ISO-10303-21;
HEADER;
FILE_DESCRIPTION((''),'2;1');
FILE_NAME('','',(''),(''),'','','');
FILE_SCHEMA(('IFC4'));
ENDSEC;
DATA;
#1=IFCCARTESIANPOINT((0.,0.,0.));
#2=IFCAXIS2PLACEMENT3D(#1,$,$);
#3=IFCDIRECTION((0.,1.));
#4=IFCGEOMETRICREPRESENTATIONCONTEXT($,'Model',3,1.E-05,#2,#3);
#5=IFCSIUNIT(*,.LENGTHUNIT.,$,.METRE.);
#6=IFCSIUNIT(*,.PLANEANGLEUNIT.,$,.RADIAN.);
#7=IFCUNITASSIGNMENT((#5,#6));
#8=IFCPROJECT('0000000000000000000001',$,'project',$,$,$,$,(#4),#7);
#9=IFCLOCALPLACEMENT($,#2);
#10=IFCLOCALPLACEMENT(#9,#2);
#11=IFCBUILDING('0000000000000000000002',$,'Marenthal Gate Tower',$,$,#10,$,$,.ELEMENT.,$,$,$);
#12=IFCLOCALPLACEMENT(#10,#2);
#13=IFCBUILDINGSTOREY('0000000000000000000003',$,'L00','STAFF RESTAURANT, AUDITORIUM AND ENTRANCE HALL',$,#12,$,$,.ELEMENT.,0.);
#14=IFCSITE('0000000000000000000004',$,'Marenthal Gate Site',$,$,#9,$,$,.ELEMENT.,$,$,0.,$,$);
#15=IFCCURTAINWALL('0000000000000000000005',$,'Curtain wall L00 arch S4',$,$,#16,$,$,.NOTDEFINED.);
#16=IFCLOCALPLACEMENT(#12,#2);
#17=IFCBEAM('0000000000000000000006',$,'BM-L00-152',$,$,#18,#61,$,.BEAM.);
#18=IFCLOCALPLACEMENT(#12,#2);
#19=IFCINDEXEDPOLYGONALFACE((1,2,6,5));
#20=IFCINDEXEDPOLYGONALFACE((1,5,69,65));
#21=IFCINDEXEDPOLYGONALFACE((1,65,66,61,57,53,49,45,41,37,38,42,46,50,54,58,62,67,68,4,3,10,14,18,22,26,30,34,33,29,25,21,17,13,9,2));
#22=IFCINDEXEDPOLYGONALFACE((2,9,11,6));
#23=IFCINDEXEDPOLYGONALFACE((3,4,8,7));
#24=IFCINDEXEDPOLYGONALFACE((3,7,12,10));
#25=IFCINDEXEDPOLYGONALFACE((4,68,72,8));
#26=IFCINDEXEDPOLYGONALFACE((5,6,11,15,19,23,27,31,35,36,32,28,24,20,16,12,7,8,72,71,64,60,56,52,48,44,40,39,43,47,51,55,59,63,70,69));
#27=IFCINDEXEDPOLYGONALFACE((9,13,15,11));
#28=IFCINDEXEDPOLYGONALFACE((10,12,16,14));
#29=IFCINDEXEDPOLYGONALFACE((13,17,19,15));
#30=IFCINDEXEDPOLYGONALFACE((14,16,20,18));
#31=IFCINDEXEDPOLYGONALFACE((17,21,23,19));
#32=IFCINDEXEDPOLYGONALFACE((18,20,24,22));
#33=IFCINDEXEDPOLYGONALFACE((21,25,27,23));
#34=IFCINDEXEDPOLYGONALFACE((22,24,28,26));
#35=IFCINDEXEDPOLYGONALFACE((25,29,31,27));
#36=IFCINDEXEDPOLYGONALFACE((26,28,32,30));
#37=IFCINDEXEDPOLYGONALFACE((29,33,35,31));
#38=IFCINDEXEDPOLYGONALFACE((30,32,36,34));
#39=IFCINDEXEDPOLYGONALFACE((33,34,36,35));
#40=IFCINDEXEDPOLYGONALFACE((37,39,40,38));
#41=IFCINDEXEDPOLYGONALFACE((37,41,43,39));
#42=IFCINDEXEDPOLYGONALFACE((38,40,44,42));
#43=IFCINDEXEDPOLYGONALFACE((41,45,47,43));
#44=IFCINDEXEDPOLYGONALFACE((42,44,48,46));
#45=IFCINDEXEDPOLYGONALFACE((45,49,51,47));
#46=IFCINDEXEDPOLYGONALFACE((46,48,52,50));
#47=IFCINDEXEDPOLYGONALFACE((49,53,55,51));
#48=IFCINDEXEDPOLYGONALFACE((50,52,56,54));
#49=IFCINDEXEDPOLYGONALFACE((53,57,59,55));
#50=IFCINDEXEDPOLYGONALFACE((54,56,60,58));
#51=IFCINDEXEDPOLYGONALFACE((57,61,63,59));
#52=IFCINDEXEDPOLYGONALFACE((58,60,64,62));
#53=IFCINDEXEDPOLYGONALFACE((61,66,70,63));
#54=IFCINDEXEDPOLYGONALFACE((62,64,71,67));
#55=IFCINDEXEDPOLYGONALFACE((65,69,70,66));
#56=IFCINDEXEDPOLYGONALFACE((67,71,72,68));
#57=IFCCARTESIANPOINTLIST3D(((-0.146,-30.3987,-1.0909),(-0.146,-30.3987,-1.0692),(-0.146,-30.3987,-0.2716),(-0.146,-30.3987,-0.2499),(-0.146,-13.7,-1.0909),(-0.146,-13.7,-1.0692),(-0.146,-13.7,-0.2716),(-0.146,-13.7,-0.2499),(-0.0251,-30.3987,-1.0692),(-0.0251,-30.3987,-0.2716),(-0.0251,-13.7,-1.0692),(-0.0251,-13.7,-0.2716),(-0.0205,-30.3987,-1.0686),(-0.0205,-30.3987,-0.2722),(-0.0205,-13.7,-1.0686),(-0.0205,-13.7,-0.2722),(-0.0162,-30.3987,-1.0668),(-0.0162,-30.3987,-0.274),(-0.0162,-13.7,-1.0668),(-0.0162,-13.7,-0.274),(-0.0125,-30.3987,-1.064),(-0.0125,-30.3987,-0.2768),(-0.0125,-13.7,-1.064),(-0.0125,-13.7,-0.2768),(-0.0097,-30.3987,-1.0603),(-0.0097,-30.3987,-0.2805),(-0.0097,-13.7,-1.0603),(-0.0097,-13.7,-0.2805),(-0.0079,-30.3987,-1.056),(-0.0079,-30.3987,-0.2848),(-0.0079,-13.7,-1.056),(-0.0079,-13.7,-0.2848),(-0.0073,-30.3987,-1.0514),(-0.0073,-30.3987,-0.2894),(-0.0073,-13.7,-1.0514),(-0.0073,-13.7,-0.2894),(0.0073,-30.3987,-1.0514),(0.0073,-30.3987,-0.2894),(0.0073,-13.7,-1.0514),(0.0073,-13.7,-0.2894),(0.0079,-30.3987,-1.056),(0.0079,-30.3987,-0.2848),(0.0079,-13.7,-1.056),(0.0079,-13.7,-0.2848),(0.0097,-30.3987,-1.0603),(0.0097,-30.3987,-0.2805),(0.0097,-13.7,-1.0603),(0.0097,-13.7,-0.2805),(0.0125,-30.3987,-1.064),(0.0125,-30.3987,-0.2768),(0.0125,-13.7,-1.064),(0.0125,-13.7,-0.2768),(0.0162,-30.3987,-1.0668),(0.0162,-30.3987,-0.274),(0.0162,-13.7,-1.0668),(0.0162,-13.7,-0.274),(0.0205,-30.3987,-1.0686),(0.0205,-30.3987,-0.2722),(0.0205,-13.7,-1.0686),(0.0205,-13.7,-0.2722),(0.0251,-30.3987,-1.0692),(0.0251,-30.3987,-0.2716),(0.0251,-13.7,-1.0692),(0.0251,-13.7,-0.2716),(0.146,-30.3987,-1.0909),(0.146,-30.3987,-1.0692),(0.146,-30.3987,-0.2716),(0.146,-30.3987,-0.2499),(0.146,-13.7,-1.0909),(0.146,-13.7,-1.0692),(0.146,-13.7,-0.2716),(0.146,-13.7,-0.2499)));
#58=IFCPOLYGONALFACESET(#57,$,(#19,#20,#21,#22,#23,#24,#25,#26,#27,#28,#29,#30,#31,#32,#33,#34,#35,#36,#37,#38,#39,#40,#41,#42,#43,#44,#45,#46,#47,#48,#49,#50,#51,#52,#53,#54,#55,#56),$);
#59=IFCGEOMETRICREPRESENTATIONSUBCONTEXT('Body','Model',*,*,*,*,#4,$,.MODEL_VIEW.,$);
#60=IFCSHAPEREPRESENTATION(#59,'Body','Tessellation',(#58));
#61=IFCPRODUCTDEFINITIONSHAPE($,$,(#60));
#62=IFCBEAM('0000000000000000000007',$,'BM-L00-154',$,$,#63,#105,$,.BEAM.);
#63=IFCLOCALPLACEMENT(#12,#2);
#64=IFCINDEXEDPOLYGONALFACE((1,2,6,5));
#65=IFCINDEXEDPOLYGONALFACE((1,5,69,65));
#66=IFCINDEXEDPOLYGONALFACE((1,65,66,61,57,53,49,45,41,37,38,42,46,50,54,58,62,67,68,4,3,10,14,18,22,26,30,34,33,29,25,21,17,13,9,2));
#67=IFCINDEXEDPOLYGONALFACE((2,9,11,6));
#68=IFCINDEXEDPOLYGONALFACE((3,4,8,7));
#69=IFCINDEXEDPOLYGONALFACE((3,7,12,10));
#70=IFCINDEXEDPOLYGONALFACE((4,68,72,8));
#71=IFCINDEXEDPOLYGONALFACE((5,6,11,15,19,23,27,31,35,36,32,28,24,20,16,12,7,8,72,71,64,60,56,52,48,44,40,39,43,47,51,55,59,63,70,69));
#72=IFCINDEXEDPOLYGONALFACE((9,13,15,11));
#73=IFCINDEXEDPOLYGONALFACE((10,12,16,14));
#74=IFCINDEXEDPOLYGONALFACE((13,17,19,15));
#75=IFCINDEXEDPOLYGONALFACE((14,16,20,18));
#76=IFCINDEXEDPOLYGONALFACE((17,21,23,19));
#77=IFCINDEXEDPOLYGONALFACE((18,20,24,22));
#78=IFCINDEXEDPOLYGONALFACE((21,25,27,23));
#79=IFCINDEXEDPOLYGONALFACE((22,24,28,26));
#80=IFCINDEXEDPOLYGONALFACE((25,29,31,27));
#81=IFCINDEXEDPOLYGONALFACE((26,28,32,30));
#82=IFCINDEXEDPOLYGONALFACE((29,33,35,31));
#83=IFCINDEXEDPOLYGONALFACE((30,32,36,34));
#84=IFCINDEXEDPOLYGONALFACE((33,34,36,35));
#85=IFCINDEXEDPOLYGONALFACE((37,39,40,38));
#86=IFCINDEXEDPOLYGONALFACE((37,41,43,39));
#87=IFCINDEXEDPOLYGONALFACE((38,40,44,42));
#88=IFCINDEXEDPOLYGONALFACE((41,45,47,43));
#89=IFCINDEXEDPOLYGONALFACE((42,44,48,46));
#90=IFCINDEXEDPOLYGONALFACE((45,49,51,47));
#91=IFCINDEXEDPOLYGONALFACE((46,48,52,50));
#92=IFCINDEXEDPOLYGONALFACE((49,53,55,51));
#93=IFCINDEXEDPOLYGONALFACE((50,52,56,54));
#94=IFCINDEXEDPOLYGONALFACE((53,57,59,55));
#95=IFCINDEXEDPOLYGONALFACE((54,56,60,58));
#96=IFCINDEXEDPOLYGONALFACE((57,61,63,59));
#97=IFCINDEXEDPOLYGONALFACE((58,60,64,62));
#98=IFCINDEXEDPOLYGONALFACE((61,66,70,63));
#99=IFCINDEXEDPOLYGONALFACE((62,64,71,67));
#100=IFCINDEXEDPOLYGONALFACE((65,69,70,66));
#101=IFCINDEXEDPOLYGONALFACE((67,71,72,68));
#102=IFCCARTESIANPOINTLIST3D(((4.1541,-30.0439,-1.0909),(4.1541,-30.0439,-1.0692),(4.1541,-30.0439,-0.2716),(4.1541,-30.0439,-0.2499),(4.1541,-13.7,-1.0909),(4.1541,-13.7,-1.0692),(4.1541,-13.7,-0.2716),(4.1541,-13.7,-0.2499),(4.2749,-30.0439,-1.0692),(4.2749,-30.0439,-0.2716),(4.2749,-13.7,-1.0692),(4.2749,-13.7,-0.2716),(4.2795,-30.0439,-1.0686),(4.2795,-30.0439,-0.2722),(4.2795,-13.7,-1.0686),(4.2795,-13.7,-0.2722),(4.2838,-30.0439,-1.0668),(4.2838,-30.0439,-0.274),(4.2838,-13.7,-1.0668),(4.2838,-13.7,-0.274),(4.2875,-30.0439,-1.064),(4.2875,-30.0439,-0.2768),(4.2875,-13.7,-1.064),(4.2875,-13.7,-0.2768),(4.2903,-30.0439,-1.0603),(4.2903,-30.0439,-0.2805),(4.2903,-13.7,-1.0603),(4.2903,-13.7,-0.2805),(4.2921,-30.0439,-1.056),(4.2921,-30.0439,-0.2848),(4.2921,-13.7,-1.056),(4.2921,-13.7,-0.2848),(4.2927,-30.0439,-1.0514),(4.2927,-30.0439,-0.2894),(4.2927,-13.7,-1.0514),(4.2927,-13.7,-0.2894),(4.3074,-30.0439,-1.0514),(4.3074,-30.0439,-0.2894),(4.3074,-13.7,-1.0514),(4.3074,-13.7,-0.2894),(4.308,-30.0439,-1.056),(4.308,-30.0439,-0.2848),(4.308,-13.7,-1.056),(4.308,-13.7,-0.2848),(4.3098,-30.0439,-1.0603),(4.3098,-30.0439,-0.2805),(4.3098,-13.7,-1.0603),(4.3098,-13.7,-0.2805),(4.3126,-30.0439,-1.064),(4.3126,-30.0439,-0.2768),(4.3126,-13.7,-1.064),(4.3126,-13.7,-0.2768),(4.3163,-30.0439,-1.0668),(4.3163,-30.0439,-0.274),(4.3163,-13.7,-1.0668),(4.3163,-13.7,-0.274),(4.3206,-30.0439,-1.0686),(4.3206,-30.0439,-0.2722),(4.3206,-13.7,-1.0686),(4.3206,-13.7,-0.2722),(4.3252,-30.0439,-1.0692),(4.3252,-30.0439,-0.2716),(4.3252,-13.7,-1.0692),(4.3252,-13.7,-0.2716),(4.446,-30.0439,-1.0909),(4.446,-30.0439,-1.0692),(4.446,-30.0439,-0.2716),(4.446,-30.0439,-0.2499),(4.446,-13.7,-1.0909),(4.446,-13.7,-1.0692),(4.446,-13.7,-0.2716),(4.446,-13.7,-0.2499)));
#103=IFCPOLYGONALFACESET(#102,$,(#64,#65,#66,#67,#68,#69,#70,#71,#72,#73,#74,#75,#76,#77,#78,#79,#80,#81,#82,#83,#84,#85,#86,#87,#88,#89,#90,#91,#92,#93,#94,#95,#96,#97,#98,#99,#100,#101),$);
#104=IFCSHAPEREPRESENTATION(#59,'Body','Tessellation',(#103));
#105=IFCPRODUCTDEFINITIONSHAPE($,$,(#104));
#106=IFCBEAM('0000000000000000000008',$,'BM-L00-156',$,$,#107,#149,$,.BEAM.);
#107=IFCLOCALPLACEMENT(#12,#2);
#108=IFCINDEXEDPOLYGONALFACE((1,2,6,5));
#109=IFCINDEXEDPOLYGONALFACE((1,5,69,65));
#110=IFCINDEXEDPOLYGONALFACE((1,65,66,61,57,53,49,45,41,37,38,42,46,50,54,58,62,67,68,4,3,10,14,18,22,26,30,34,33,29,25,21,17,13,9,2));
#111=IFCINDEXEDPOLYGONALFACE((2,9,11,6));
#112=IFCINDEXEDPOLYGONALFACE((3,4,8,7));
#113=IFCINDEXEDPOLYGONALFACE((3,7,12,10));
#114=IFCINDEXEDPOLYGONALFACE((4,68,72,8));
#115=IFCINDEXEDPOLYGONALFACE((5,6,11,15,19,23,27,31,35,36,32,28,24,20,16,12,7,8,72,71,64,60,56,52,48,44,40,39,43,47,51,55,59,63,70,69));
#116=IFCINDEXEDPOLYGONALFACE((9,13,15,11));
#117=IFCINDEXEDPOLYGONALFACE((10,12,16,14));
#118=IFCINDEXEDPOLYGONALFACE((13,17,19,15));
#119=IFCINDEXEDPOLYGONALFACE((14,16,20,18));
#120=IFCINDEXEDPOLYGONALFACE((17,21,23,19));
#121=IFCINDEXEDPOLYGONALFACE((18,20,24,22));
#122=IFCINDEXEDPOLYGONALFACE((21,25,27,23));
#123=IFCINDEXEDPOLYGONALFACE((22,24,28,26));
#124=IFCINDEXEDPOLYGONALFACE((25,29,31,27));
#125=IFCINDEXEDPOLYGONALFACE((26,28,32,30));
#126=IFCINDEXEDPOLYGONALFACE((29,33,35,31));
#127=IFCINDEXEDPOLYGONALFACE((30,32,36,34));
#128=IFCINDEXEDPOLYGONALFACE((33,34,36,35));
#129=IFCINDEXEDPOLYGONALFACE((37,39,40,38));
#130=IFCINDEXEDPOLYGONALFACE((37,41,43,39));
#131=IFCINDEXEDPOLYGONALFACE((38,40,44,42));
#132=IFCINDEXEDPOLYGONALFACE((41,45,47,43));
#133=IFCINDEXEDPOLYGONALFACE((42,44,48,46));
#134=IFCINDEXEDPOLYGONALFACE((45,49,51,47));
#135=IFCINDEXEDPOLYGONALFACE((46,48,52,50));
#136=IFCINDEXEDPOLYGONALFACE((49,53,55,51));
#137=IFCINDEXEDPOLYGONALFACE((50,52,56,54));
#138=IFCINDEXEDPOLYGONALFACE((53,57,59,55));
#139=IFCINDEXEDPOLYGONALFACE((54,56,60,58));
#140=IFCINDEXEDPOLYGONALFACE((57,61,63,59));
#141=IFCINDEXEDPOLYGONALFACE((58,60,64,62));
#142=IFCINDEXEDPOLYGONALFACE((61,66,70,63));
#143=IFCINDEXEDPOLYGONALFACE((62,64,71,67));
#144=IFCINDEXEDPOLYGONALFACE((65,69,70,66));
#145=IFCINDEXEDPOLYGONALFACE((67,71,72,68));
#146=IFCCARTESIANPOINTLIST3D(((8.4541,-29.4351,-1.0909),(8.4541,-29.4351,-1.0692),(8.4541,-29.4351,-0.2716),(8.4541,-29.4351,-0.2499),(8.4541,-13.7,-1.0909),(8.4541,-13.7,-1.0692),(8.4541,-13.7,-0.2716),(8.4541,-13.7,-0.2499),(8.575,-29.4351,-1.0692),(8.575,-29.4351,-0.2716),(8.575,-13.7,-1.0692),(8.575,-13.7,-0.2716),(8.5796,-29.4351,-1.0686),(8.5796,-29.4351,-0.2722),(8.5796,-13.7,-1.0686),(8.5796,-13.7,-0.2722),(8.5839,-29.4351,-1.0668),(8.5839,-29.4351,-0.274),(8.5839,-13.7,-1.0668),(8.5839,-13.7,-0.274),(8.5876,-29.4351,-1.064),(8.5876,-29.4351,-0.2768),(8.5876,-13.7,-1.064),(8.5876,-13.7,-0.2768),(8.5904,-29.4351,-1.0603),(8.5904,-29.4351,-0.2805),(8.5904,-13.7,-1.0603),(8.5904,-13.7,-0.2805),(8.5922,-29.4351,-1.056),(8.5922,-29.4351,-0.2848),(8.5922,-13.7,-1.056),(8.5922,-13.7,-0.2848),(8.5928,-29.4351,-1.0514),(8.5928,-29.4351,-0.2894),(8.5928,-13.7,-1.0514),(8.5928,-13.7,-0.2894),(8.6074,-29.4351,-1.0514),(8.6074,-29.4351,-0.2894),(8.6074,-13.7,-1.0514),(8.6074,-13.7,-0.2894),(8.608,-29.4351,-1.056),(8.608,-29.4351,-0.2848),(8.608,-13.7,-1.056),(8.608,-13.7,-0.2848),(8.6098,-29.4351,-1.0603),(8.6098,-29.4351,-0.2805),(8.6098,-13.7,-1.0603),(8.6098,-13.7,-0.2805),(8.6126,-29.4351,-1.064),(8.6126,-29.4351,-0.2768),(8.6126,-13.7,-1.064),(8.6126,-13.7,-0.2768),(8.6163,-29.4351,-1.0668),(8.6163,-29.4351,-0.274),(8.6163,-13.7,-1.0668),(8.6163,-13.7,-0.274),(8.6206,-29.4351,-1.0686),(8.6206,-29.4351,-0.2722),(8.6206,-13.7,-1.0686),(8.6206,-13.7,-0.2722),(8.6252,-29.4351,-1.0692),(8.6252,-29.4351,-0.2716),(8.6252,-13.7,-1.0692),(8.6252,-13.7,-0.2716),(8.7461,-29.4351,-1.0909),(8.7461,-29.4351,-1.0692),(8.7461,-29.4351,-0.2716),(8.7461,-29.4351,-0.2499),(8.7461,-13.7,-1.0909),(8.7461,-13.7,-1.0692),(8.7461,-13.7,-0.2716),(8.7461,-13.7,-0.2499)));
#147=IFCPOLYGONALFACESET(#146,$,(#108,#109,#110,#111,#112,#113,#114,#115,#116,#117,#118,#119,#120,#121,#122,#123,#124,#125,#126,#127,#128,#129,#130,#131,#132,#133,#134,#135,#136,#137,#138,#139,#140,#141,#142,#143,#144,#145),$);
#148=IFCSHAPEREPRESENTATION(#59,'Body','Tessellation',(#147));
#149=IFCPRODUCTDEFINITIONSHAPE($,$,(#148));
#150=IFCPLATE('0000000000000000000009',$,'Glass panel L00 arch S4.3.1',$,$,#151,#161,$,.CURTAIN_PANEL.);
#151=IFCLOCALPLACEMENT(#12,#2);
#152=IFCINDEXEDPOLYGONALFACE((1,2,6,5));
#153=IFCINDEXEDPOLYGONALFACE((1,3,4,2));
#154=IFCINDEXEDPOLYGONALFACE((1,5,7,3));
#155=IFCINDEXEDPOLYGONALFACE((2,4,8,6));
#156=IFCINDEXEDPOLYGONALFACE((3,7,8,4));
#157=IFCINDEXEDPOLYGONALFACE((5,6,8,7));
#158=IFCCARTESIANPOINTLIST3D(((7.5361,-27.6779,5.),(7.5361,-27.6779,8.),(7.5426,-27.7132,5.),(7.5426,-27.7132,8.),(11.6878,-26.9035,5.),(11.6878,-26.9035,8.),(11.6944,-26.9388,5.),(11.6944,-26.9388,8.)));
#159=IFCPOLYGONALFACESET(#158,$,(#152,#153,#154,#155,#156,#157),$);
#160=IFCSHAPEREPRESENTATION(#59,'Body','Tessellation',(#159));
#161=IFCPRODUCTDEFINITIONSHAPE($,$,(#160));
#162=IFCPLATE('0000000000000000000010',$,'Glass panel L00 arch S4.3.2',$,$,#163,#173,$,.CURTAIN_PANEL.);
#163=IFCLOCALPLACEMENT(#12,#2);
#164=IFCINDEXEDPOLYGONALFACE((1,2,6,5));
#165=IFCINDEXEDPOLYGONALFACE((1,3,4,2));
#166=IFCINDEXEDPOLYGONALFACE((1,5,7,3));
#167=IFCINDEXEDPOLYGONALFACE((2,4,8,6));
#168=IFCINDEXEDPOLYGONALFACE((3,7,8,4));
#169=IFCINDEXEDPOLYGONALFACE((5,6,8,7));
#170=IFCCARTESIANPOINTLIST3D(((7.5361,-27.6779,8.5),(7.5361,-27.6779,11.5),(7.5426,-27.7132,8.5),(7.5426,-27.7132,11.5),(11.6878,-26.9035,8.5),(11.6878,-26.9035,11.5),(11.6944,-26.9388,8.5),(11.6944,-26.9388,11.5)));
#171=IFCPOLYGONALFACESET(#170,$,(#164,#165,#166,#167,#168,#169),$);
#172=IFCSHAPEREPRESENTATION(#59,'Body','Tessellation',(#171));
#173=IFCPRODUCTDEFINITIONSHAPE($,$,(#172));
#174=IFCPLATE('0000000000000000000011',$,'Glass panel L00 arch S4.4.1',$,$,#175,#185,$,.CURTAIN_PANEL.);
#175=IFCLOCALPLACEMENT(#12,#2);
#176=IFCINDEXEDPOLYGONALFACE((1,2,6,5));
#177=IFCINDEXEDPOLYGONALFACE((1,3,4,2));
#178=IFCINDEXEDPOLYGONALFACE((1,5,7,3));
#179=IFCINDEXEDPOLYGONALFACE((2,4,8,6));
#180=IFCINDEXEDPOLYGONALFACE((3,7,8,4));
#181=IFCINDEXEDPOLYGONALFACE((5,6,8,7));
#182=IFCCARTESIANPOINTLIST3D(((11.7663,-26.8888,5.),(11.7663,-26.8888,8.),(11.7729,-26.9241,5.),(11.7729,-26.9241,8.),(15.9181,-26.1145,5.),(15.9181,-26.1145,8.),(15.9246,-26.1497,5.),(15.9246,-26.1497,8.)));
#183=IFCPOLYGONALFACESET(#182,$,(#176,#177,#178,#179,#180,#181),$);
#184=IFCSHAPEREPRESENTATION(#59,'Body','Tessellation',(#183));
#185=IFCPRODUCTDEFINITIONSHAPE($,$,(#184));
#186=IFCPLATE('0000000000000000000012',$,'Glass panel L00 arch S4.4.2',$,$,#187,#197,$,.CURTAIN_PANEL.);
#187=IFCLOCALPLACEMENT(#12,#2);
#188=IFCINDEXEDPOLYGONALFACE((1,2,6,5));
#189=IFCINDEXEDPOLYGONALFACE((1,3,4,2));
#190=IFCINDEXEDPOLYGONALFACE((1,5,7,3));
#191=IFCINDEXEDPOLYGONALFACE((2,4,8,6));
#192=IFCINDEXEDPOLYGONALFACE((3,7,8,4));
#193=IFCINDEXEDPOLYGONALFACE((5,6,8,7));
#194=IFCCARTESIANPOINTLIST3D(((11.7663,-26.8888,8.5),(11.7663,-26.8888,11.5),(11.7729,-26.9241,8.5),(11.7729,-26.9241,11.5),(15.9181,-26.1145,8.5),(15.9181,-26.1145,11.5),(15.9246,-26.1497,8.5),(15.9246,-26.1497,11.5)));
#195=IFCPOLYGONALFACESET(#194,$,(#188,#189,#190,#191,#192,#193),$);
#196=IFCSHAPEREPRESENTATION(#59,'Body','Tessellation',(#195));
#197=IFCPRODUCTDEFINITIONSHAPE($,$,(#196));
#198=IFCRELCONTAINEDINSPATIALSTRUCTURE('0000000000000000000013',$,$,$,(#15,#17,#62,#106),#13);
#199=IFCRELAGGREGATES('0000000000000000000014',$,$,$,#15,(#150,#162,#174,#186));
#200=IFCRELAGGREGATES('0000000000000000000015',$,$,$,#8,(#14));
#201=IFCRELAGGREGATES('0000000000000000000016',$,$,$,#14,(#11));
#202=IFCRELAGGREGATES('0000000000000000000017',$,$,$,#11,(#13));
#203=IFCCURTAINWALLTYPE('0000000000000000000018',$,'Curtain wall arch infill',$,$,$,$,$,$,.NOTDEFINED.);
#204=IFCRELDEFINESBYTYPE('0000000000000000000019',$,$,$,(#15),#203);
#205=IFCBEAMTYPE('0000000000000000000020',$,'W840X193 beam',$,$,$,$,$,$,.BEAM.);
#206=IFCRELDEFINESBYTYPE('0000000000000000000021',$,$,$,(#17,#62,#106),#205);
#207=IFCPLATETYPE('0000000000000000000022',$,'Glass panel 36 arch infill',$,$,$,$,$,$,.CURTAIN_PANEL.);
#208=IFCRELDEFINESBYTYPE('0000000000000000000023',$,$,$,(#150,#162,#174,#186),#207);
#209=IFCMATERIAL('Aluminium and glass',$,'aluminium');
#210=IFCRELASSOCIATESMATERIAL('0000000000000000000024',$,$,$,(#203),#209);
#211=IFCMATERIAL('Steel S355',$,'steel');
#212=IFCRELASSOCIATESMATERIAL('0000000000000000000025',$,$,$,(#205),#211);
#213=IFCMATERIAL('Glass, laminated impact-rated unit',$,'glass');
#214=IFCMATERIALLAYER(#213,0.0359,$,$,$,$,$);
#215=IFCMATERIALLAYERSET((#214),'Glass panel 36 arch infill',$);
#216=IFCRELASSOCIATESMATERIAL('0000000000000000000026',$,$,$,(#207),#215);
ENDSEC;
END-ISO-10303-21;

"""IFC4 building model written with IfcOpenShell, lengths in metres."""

from ifc_helpers import new_model, si_unit, direction, frame, origin, origin_2d, place, context, subcontext, project, spatial, rectangle, i_section, extrude, material, layer, layer_set, material_profile, profile_set, type_object, element, aggregate, save


model = new_model("IFC4")

# Units and contexts
model_context = context("Model", 3, precision=1e-05, world=origin(), true_north=direction((0.0, 1.0)))
body_context = subcontext(model_context, "Body", "Model", "MODEL_VIEW")
ifc_project = project(units=[si_unit("LENGTHUNIT", "METRE"), si_unit("PLANEANGLEUNIT", "RADIAN")], contexts=[model_context])

# Site, building, storey
site_placement = place(None, origin())
site = spatial("IfcSite", under=ifc_project, at=site_placement, Name="Marenthal Gate Site", CompositionType="ELEMENT", RefElevation=0.0)
building_placement = place(site_placement, origin())
building = spatial("IfcBuilding", under=site, at=building_placement, Name="Marenthal Gate Tower", CompositionType="ELEMENT")
storey_placement = place(building_placement, origin())
storey = spatial("IfcBuildingStorey", under=building, at=storey_placement, Name="L00", Description="STAFF RESTAURANT, AUDITORIUM AND ENTRANCE HALL", CompositionType="ELEMENT", Elevation=0.0)

# Curtain wall
ifc_material_1 = material(Name="Aluminium and glass", Category="aluminium")
curtain_wall_type = type_object("IfcCurtainWallType", Name="Curtain wall arch infill", PredefinedType="NOTDEFINED", material=ifc_material_1)
curtain_wall_1_placement = place(storey_placement, origin())
curtain_wall_1 = element("IfcCurtainWall", 1, at=curtain_wall_1_placement, inside=storey, type_object=curtain_wall_type, Name="Curtain wall L00 arch S4", PredefinedType="NOTDEFINED")

# Beams
ifc_material_2 = material(Name="Steel S355", Category="steel")
ifc_material_profile_1 = material_profile(ifc_material_2, i_section(OverallWidth=0.292, OverallDepth=0.8411, WebThickness=0.0146, FlangeThickness=0.0217, FilletRadius=0.0178, at=origin_2d()), Name="W840X193")
ifc_profile_set_1 = profile_set([ifc_material_profile_1], Name="Steel S355")
beam_type_1 = type_object("IfcBeamType", Name="W840X193 beam", PredefinedType="BEAM", material=ifc_profile_set_1)
beam_1_placement = place(storey_placement, frame((0.0, -13.7, -0.6704), z_axis=(0.0, -1.0, 0.0), x_axis=(1.0, 0.0, 0.0)))
element("IfcBeam", 2, at=beam_1_placement, inside=storey, type_object=beam_type_1, Name="BM-L00-152", PredefinedType="BEAM", context=body_context, shape_type="SweptSolid", body=[
    extrude(i_section(OverallWidth=0.292, OverallDepth=0.8411, WebThickness=0.0146, FlangeThickness=0.0217, FilletRadius=0.0178, at=origin_2d()), origin(), (0.0, 0.0, 1.0), 16.6987),
])
beam_2_placement = place(storey_placement, frame((4.3, -13.7, -0.6704), z_axis=(0.0, -1.0, 0.0), x_axis=(1.0, 0.0, 0.0)))
element("IfcBeam", 3, at=beam_2_placement, inside=storey, type_object=beam_type_1, Name="BM-L00-154", PredefinedType="BEAM", context=body_context, shape_type="SweptSolid", body=[
    extrude(i_section(OverallWidth=0.292, OverallDepth=0.8411, WebThickness=0.0146, FlangeThickness=0.0217, FilletRadius=0.0178, at=origin_2d()), origin(), (0.0, 0.0, 1.0), 16.344),
])
beam_3_placement = place(storey_placement, frame((8.6001, -13.7, -0.6704), z_axis=(0.0, -1.0, 0.0), x_axis=(1.0, 0.0, 0.0)))
element("IfcBeam", 4, at=beam_3_placement, inside=storey, type_object=beam_type_1, Name="BM-L00-156", PredefinedType="BEAM", context=body_context, shape_type="SweptSolid", body=[
    extrude(i_section(OverallWidth=0.292, OverallDepth=0.8411, WebThickness=0.0146, FlangeThickness=0.0217, FilletRadius=0.0178, at=origin_2d()), origin(), (0.0, 0.0, 1.0), 15.7351),
])

# Plates
ifc_material_3 = material(Name="Glass, laminated impact-rated unit", Category="glass")
ifc_layer_1 = layer(ifc_material_3, 0.0359)
ifc_layer_set_1 = layer_set([ifc_layer_1], Name="Glass panel 36 arch infill")
plate_type = type_object("IfcPlateType", Name="Glass panel 36 arch infill", PredefinedType="CURTAIN_PANEL", material=ifc_layer_set_1)
plate_1_placement = place(storey_placement, frame((9.6152, -27.3083, 5.0), z_axis=(0.0, 0.0, 1.0), x_axis=(0.983046, 0.183357, 0.0)))
plate_1 = element("IfcPlate", 5, at=plate_1_placement, type_object=plate_type, Name="Glass panel L00 arch S4.3.1", PredefinedType="CURTAIN_PANEL", context=body_context, shape_type="SweptSolid", body=[
    extrude(rectangle(XDim=4.2234, YDim=0.0359, at=origin_2d()), origin(), (0.0, 0.0, 1.0), 3.0),
])
plate_2_placement = place(storey_placement, frame((9.6152, -27.3083, 8.5), z_axis=(0.0, 0.0, 1.0), x_axis=(0.983046, 0.183357, 0.0)))
plate_2 = element("IfcPlate", 6, at=plate_2_placement, type_object=plate_type, Name="Glass panel L00 arch S4.3.2", PredefinedType="CURTAIN_PANEL", context=body_context, shape_type="SweptSolid", body=[
    extrude(rectangle(XDim=4.2234, YDim=0.0359, at=origin_2d()), origin(), (0.0, 0.0, 1.0), 3.0),
])
plate_3_placement = place(storey_placement, frame((13.8455, -26.5193, 5.0), z_axis=(0.0, 0.0, 1.0), x_axis=(0.983046, 0.183357, 0.0)))
plate_3 = element("IfcPlate", 7, at=plate_3_placement, type_object=plate_type, Name="Glass panel L00 arch S4.4.1", PredefinedType="CURTAIN_PANEL", context=body_context, shape_type="SweptSolid", body=[
    extrude(rectangle(XDim=4.2234, YDim=0.0359, at=origin_2d()), origin(), (0.0, 0.0, 1.0), 3.0),
])
plate_4_placement = place(storey_placement, frame((13.8455, -26.5193, 8.5), z_axis=(0.0, 0.0, 1.0), x_axis=(0.983046, 0.183357, 0.0)))
plate_4 = element("IfcPlate", 8, at=plate_4_placement, type_object=plate_type, Name="Glass panel L00 arch S4.4.2", PredefinedType="CURTAIN_PANEL", context=body_context, shape_type="SweptSolid", body=[
    extrude(rectangle(XDim=4.2234, YDim=0.0359, at=origin_2d()), origin(), (0.0, 0.0, 1.0), 3.0),
])
aggregate(curtain_wall_1, [plate_1, plate_2, plate_3, plate_4])

save(model, "model.ifc")
